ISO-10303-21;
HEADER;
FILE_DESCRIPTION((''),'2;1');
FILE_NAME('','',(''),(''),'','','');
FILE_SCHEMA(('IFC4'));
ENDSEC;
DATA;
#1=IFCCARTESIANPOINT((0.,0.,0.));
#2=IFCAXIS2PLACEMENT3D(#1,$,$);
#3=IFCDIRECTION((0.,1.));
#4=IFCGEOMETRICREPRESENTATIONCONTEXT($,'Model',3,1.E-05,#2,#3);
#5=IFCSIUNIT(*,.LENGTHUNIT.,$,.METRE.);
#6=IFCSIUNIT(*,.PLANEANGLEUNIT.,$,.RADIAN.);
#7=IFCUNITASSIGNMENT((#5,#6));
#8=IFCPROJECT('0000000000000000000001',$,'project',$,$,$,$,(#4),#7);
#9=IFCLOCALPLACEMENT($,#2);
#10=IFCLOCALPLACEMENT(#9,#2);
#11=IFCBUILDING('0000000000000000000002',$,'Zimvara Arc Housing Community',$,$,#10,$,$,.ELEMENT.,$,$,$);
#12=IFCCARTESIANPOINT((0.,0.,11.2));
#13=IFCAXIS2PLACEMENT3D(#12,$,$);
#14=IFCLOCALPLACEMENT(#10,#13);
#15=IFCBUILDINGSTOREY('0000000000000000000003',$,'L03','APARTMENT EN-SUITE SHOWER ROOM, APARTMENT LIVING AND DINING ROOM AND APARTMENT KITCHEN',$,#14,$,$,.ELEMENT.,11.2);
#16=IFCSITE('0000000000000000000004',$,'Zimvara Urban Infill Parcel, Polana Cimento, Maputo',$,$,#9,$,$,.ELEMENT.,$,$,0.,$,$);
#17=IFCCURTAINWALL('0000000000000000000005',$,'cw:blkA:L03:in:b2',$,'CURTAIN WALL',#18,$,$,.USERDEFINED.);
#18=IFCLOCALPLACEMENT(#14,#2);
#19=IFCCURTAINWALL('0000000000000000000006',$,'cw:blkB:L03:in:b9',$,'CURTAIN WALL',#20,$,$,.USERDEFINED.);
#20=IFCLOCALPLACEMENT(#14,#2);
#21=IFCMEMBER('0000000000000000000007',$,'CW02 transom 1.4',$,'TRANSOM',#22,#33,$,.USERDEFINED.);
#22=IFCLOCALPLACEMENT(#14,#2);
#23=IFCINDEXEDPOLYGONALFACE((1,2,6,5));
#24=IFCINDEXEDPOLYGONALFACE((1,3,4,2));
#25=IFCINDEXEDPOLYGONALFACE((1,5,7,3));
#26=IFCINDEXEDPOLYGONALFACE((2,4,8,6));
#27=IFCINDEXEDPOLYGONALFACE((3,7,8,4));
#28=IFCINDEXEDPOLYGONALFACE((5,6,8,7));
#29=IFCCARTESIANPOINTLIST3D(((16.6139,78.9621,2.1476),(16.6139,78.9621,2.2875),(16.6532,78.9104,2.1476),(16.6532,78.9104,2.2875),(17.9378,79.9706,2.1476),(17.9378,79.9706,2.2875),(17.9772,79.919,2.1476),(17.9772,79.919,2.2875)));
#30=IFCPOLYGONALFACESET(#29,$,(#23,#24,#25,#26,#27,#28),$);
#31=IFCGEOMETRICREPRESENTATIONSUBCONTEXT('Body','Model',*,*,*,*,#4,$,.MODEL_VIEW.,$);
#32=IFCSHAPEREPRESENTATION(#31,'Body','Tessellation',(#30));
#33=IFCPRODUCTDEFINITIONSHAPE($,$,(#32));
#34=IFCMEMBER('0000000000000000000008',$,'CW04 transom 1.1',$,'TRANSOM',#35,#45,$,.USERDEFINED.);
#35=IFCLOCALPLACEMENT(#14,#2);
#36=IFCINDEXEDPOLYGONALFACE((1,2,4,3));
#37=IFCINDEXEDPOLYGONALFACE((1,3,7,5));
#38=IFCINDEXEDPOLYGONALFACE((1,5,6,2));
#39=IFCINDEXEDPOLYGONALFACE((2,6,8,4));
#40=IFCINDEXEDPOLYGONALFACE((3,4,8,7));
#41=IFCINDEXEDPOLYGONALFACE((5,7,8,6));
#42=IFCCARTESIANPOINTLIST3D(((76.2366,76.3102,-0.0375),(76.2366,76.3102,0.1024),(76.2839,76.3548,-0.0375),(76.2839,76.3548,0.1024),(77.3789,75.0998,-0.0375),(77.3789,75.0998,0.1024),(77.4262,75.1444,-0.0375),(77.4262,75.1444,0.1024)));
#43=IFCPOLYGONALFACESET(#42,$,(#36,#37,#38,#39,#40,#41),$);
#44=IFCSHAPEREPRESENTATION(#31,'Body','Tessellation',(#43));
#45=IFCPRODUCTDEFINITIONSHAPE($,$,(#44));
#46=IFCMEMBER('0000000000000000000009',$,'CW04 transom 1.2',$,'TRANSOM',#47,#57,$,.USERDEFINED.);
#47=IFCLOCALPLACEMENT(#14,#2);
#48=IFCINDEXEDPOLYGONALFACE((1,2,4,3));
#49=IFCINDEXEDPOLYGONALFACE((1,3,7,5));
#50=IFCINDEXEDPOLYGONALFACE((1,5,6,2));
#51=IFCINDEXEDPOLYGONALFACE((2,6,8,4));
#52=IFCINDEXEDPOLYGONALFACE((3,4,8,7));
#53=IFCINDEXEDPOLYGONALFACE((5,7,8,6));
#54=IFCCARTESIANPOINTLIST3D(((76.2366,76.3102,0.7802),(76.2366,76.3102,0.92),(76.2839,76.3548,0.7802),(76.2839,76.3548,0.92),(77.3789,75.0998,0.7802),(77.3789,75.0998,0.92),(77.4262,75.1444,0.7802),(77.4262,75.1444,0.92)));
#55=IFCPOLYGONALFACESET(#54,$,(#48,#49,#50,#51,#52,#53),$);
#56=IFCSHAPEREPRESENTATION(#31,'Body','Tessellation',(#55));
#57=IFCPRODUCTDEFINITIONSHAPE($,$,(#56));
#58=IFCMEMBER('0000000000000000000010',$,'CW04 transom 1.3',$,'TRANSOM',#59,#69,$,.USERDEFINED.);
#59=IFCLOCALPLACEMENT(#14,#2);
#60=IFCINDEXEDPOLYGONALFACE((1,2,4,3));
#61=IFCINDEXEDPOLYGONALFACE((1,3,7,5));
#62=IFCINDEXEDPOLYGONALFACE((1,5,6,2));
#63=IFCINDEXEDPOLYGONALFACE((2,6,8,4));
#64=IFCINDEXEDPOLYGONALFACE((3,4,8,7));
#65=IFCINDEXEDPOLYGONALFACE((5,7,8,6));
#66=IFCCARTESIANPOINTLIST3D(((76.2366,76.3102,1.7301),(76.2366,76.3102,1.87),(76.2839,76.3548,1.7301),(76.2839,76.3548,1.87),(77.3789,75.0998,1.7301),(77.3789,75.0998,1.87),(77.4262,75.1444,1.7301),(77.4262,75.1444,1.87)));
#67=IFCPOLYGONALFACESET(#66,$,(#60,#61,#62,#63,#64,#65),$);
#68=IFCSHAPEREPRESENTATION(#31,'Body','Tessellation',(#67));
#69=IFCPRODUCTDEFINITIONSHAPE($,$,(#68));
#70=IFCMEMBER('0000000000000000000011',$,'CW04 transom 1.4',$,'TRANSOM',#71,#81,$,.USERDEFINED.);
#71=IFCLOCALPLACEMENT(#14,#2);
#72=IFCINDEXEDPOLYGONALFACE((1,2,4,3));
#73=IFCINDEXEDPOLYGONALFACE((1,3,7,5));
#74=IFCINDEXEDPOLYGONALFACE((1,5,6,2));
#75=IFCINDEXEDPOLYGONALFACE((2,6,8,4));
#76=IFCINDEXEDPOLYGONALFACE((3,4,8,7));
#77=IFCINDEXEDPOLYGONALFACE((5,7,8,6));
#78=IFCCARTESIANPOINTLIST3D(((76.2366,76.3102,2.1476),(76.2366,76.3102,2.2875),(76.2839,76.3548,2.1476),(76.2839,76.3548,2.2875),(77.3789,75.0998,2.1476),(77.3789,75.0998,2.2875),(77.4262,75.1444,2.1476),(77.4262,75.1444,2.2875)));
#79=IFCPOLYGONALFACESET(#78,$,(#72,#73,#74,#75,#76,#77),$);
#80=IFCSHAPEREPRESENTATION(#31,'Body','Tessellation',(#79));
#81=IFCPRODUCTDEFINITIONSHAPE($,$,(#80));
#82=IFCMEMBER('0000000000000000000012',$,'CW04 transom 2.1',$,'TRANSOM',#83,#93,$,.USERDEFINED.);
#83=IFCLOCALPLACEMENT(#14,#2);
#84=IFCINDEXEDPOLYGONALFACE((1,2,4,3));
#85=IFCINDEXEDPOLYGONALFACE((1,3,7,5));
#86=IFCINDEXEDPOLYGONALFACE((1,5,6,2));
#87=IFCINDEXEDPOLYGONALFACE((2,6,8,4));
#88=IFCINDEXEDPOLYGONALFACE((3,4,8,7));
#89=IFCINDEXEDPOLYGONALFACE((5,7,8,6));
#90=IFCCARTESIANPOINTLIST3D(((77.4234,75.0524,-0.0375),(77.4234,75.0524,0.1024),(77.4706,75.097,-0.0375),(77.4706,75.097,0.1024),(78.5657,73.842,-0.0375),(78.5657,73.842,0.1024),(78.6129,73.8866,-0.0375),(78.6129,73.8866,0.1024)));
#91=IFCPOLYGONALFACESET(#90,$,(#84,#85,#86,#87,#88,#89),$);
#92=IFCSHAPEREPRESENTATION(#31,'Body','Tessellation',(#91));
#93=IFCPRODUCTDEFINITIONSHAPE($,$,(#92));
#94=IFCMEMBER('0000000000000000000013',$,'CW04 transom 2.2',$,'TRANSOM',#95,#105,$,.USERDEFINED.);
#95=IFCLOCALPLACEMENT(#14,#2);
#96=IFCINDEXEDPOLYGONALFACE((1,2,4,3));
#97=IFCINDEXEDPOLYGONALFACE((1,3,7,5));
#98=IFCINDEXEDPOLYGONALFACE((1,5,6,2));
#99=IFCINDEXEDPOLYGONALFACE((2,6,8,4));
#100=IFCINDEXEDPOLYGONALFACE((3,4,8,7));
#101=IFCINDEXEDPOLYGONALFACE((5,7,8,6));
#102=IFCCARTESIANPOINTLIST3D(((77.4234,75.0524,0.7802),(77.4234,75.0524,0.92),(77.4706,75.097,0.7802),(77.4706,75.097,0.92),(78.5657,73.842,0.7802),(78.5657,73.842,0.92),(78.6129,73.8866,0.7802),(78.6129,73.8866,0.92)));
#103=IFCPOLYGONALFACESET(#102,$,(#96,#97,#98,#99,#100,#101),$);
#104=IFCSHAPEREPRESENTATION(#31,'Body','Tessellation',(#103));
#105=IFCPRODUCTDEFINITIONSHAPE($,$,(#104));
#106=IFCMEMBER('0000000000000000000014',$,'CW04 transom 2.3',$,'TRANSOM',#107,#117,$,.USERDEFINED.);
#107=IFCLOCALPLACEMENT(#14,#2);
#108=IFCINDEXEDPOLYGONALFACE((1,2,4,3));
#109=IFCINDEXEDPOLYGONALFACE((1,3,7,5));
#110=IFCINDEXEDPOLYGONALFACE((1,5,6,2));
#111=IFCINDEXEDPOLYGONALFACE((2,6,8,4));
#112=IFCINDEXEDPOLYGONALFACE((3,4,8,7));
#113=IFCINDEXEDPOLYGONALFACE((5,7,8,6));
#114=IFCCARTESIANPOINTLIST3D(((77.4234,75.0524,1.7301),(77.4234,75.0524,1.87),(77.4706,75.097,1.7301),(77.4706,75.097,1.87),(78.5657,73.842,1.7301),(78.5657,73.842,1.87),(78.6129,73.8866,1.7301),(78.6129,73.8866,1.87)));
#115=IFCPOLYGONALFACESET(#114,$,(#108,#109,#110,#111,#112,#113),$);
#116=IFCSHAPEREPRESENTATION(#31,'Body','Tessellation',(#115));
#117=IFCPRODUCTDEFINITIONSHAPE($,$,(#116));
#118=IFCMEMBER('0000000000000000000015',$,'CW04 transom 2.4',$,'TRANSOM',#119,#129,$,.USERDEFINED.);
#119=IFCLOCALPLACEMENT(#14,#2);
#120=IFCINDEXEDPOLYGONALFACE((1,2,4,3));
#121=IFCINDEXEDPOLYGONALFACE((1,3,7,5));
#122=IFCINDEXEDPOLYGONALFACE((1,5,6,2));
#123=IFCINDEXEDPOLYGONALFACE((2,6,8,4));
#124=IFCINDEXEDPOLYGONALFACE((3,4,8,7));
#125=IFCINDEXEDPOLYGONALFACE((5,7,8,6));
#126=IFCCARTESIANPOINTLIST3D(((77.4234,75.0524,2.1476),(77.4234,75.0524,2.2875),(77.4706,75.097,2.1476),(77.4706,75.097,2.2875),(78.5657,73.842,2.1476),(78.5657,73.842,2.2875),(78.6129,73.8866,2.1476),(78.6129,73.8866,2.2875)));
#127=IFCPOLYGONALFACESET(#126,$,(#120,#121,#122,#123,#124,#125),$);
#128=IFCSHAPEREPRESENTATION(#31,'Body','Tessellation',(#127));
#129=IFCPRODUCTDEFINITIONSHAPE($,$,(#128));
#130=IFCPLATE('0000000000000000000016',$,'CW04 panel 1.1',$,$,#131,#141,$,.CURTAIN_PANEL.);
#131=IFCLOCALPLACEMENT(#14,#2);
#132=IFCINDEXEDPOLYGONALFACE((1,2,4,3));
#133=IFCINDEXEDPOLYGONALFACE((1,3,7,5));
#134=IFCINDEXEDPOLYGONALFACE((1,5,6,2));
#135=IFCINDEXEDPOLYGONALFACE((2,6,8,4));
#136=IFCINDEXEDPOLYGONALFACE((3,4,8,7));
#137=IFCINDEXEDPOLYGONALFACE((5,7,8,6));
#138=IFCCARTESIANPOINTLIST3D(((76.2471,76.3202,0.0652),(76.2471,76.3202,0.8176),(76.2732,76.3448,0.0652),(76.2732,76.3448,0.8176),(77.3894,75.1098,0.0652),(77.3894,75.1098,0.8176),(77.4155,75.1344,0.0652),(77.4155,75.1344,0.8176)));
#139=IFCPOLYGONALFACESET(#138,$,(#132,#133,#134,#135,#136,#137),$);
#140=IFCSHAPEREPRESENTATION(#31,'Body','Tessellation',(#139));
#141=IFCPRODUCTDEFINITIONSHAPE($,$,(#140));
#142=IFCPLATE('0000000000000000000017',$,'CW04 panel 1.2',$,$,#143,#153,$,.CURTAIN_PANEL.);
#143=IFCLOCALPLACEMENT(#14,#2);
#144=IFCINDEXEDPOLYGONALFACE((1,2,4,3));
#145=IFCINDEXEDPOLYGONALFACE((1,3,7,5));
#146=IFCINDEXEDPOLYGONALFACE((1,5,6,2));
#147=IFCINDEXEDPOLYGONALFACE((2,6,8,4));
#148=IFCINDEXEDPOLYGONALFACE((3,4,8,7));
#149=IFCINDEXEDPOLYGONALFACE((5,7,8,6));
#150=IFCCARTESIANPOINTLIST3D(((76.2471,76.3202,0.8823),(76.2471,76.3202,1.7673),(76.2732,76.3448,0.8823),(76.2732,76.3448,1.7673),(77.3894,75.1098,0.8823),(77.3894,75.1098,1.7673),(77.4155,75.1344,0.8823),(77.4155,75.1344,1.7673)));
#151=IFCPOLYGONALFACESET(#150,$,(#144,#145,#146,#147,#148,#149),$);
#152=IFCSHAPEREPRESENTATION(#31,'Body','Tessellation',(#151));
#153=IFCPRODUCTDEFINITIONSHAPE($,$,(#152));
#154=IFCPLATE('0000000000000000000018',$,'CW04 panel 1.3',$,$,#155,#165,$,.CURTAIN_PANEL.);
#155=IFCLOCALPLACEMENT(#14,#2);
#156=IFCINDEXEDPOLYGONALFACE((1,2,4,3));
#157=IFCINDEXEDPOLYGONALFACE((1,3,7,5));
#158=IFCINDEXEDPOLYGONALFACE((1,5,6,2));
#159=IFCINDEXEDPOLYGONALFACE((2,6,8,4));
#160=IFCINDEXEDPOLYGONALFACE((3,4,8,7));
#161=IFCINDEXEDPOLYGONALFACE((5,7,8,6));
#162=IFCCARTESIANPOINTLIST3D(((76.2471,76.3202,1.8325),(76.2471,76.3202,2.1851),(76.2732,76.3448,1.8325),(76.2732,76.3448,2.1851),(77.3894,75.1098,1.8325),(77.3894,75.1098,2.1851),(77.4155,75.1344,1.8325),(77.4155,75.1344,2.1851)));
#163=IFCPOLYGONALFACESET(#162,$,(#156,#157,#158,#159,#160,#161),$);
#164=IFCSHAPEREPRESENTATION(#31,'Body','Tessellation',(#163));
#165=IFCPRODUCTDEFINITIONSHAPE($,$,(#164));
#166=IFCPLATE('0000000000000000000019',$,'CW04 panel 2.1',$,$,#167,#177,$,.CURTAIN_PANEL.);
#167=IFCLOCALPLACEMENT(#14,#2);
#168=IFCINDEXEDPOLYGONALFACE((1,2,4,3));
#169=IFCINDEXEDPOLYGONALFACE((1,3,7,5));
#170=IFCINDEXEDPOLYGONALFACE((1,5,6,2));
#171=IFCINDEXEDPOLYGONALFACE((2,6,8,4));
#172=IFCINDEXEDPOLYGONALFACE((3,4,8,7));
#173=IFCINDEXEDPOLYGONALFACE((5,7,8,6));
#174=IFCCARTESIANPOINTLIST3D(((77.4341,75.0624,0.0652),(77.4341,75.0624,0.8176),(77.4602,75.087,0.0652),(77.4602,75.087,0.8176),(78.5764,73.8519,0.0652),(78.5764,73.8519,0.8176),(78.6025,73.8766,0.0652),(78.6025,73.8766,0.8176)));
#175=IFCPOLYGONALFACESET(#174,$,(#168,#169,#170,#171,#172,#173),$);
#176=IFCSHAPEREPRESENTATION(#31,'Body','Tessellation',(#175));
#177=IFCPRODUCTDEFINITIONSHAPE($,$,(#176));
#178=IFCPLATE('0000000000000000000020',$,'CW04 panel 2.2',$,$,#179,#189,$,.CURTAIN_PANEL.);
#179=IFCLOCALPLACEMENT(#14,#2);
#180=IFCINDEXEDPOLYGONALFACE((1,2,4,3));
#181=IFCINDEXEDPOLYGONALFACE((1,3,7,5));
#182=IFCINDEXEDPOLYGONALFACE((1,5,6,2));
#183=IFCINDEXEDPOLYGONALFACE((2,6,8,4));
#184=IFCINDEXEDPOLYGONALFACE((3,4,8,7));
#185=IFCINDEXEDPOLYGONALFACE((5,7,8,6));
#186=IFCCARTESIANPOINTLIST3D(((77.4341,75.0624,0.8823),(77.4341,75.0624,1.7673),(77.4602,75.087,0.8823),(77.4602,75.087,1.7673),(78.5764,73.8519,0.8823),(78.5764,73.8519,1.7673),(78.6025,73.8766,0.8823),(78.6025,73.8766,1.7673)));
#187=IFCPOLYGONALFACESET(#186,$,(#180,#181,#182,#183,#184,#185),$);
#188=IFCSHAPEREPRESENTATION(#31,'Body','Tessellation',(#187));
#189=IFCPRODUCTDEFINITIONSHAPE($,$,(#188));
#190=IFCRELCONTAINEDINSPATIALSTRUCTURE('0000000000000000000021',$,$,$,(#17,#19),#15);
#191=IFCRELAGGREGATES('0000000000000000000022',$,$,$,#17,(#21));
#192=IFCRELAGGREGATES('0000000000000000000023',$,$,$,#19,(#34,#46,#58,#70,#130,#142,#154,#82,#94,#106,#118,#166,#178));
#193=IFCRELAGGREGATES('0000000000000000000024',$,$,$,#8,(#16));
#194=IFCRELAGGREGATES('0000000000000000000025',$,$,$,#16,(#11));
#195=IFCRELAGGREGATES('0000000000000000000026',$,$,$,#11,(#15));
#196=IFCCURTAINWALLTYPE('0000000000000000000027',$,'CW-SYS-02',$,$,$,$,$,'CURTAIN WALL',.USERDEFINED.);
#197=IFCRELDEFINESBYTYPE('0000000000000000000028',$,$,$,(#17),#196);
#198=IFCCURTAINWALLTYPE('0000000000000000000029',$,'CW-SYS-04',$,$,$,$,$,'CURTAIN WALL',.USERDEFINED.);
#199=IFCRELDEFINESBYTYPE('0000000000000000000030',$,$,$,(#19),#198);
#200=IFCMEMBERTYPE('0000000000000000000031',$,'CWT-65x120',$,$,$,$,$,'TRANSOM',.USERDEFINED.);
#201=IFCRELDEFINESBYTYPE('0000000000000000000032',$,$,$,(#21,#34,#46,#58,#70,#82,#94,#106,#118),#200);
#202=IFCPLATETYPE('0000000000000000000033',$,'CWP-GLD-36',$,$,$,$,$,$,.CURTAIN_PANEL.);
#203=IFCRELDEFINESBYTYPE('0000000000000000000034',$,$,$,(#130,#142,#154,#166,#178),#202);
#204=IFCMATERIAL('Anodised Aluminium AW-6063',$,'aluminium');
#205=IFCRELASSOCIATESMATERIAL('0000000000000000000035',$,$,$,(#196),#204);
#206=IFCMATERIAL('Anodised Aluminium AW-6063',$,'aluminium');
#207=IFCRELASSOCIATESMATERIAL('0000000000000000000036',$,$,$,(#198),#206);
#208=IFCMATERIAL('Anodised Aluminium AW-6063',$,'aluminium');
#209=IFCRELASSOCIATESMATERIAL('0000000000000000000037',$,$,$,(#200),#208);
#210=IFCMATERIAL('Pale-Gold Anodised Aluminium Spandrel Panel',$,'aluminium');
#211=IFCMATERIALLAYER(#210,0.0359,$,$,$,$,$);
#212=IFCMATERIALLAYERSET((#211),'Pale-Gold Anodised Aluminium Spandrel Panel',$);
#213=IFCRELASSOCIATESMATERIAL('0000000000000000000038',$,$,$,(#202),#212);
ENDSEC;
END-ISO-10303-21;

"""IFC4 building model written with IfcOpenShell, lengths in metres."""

from ifc_helpers import new_model, si_unit, direction, frame, origin, origin_2d, place, context, subcontext, project, spatial, rectangle, extrude, material, layer, layer_set, material_profile, profile_set, type_object, element, aggregate, save


model = new_model("IFC4")

# Units and contexts
model_context = context("Model", 3, precision=1e-05, world=origin(), true_north=direction((0.0, 1.0)))
body_context = subcontext(model_context, "Body", "Model", "MODEL_VIEW")
ifc_project = project(units=[si_unit("LENGTHUNIT", "METRE"), si_unit("PLANEANGLEUNIT", "RADIAN")], contexts=[model_context])

# Site, building, storey
site_placement = place(None, origin())
site = spatial("IfcSite", under=ifc_project, at=site_placement, Name="Zimvara Urban Infill Parcel, Polana Cimento, Maputo", CompositionType="ELEMENT", RefElevation=0.0)
building_placement = place(site_placement, origin())
building = spatial("IfcBuilding", under=site, at=building_placement, Name="Zimvara Arc Housing Community", CompositionType="ELEMENT")
storey_placement = place(building_placement, frame((0.0, 0.0, 11.2)))
storey = spatial("IfcBuildingStorey", under=building, at=storey_placement, Name="L03", Description="APARTMENT EN-SUITE SHOWER ROOM, APARTMENT LIVING AND DINING ROOM AND APARTMENT KITCHEN", CompositionType="ELEMENT", Elevation=11.2)

# Curtain wall
ifc_material_1 = material(Name="Anodised Aluminium AW-6063", Category="aluminium")
curtain_wall_type_1 = type_object("IfcCurtainWallType", Name="CW-SYS-02", ElementType="CURTAIN WALL", PredefinedType="USERDEFINED", material=ifc_material_1)
curtain_wall_1_placement = place(storey_placement, origin())
curtain_wall_1 = element("IfcCurtainWall", 1, at=curtain_wall_1_placement, inside=storey, type_object=curtain_wall_type_1, Name="cw:blkA:L03:in:b2", ObjectType="CURTAIN WALL", PredefinedType="USERDEFINED")

# Curtain wall
ifc_material_2 = material(Name="Anodised Aluminium AW-6063", Category="aluminium")
curtain_wall_type_2 = type_object("IfcCurtainWallType", Name="CW-SYS-04", ElementType="CURTAIN WALL", PredefinedType="USERDEFINED", material=ifc_material_2)
curtain_wall_2_placement = place(storey_placement, origin())
curtain_wall_2 = element("IfcCurtainWall", 2, at=curtain_wall_2_placement, inside=storey, type_object=curtain_wall_type_2, Name="cw:blkB:L03:in:b9", ObjectType="CURTAIN WALL", PredefinedType="USERDEFINED")

# Members
ifc_material_3 = material(Name="Anodised Aluminium AW-6063", Category="aluminium")
ifc_material_profile_1 = material_profile(ifc_material_3, rectangle(XDim=0.0649, YDim=0.1399, at=origin_2d()), Name="ALU 65x140")
ifc_profile_set_1 = profile_set([ifc_material_profile_1], Name="Anodised Aluminium AW-6063")
member_type_1 = type_object("IfcMemberType", Name="CWT-65x120", ElementType="TRANSOM", PredefinedType="USERDEFINED", material=ifc_profile_set_1)
member_1_placement = place(storey_placement, frame((16.6335, 78.9363, 2.2175), z_axis=(0.795489, 0.605968, 0.0), x_axis=(-0.605968, 0.795489, 0.0)))
member_1 = element("IfcMember", 3, at=member_1_placement, type_object=member_type_1, Name="CW02 transom 1.4", ObjectType="TRANSOM", PredefinedType="USERDEFINED", context=body_context, shape_type="SweptSolid", body=[
    extrude(rectangle(XDim=0.0649, YDim=0.1399, at=origin_2d()), origin(), (0.0, 0.0, 1.0), 1.6643),
])
aggregate(curtain_wall_1, [member_1])
member_2_placement = place(storey_placement, frame((76.2603, 76.3325, 0.0325), z_axis=(0.686348, -0.727273, 0.0), x_axis=(0.727273, 0.686348, 0.0)))
member_2 = element("IfcMember", 4, at=member_2_placement, type_object=member_type_1, Name="CW04 transom 1.1", ObjectType="TRANSOM", PredefinedType="USERDEFINED", context=body_context, shape_type="SweptSolid", body=[
    extrude(rectangle(XDim=0.0649, YDim=0.1399, at=origin_2d()), origin(), (0.0, 0.0, 1.0), 1.6643),
])
member_3_placement = place(storey_placement, frame((76.2603, 76.3325, 0.8501), z_axis=(0.686348, -0.727273, 0.0), x_axis=(0.727273, 0.686348, 0.0)))
member_3 = element("IfcMember", 5, at=member_3_placement, type_object=member_type_1, Name="CW04 transom 1.2", ObjectType="TRANSOM", PredefinedType="USERDEFINED", context=body_context, shape_type="SweptSolid", body=[
    extrude(rectangle(XDim=0.0649, YDim=0.1399, at=origin_2d()), origin(), (0.0, 0.0, 1.0), 1.6643),
])
member_4_placement = place(storey_placement, frame((76.2603, 76.3325, 1.8), z_axis=(0.686348, -0.727273, 0.0), x_axis=(0.727273, 0.686348, 0.0)))
member_4 = element("IfcMember", 6, at=member_4_placement, type_object=member_type_1, Name="CW04 transom 1.3", ObjectType="TRANSOM", PredefinedType="USERDEFINED", context=body_context, shape_type="SweptSolid", body=[
    extrude(rectangle(XDim=0.0649, YDim=0.1399, at=origin_2d()), origin(), (0.0, 0.0, 1.0), 1.6643),
])
member_5_placement = place(storey_placement, frame((76.2603, 76.3325, 2.2175), z_axis=(0.686348, -0.727273, 0.0), x_axis=(0.727273, 0.686348, 0.0)))
member_5 = element("IfcMember", 7, at=member_5_placement, type_object=member_type_1, Name="CW04 transom 1.4", ObjectType="TRANSOM", PredefinedType="USERDEFINED", context=body_context, shape_type="SweptSolid", body=[
    extrude(rectangle(XDim=0.0649, YDim=0.1399, at=origin_2d()), origin(), (0.0, 0.0, 1.0), 1.6643),
])
member_6_placement = place(storey_placement, frame((77.447, 75.0747, 0.0325), z_axis=(0.686348, -0.727273, 0.0), x_axis=(0.727273, 0.686348, 0.0)))
member_6 = element("IfcMember", 8, at=member_6_placement, type_object=member_type_1, Name="CW04 transom 2.1", ObjectType="TRANSOM", PredefinedType="USERDEFINED", context=body_context, shape_type="SweptSolid", body=[
    extrude(rectangle(XDim=0.0649, YDim=0.1399, at=origin_2d()), origin(), (0.0, 0.0, 1.0), 1.6643),
])
member_7_placement = place(storey_placement, frame((77.447, 75.0747, 0.8501), z_axis=(0.686348, -0.727273, 0.0), x_axis=(0.727273, 0.686348, 0.0)))
member_7 = element("IfcMember", 9, at=member_7_placement, type_object=member_type_1, Name="CW04 transom 2.2", ObjectType="TRANSOM", PredefinedType="USERDEFINED", context=body_context, shape_type="SweptSolid", body=[
    extrude(rectangle(XDim=0.0649, YDim=0.1399, at=origin_2d()), origin(), (0.0, 0.0, 1.0), 1.6643),
])
member_8_placement = place(storey_placement, frame((77.447, 75.0747, 1.8), z_axis=(0.686348, -0.727273, 0.0), x_axis=(0.727273, 0.686348, 0.0)))
member_8 = element("IfcMember", 10, at=member_8_placement, type_object=member_type_1, Name="CW04 transom 2.3", ObjectType="TRANSOM", PredefinedType="USERDEFINED", context=body_context, shape_type="SweptSolid", body=[
    extrude(rectangle(XDim=0.0649, YDim=0.1399, at=origin_2d()), origin(), (0.0, 0.0, 1.0), 1.6643),
])
member_9_placement = place(storey_placement, frame((77.447, 75.0747, 2.2175), z_axis=(0.686348, -0.727273, 0.0), x_axis=(0.727273, 0.686348, 0.0)))
member_9 = element("IfcMember", 11, at=member_9_placement, type_object=member_type_1, Name="CW04 transom 2.4", ObjectType="TRANSOM", PredefinedType="USERDEFINED", context=body_context, shape_type="SweptSolid", body=[
    extrude(rectangle(XDim=0.0649, YDim=0.1399, at=origin_2d()), origin(), (0.0, 0.0, 1.0), 1.6643),
])

# Plates
ifc_material_4 = material(Name="Pale-Gold Anodised Aluminium Spandrel Panel", Category="aluminium")
ifc_layer_1 = layer(ifc_material_4, 0.0359)
ifc_layer_set_1 = layer_set([ifc_layer_1], Name="Pale-Gold Anodised Aluminium Spandrel Panel")
plate_type = type_object("IfcPlateType", Name="CWP-GLD-36", PredefinedType="CURTAIN_PANEL", material=ifc_layer_set_1)
plate_1_placement = place(storey_placement, frame((76.8313, 75.7273, 0.0652), z_axis=(0.0, 0.0, 1.0), x_axis=(0.686327, -0.727293, 0.0)))
plate_1 = element("IfcPlate", 12, at=plate_1_placement, type_object=plate_type, Name="CW04 panel 1.1", PredefinedType="CURTAIN_PANEL", context=body_context, shape_type="SweptSolid", body=[
    extrude(rectangle(XDim=1.6643, YDim=0.0359, at=origin_2d()), origin(), (0.0, 0.0, 1.0), 0.7524),
])
plate_2_placement = place(storey_placement, frame((76.8313, 75.7273, 0.8823), z_axis=(0.0, 0.0, 1.0), x_axis=(0.686327, -0.727293, 0.0)))
plate_2 = element("IfcPlate", 13, at=plate_2_placement, type_object=plate_type, Name="CW04 panel 1.2", PredefinedType="CURTAIN_PANEL", context=body_context, shape_type="SweptSolid", body=[
    extrude(rectangle(XDim=1.6643, YDim=0.0359, at=origin_2d()), origin(), (0.0, 0.0, 1.0), 0.885),
])
plate_3_placement = place(storey_placement, frame((76.8313, 75.7273, 1.8325), z_axis=(0.0, 0.0, 1.0), x_axis=(0.686327, -0.727293, 0.0)))
plate_3 = element("IfcPlate", 14, at=plate_3_placement, type_object=plate_type, Name="CW04 panel 1.3", PredefinedType="CURTAIN_PANEL", context=body_context, shape_type="SweptSolid", body=[
    extrude(rectangle(XDim=1.6643, YDim=0.0359, at=origin_2d()), origin(), (0.0, 0.0, 1.0), 0.3525),
])
plate_4_placement = place(storey_placement, frame((78.0183, 74.4695, 0.0652), z_axis=(0.0, 0.0, 1.0), x_axis=(0.686327, -0.727293, 0.0)))
plate_4 = element("IfcPlate", 15, at=plate_4_placement, type_object=plate_type, Name="CW04 panel 2.1", PredefinedType="CURTAIN_PANEL", context=body_context, shape_type="SweptSolid", body=[
    extrude(rectangle(XDim=1.6643, YDim=0.0359, at=origin_2d()), origin(), (0.0, 0.0, 1.0), 0.7524),
])
plate_5_placement = place(storey_placement, frame((78.0183, 74.4695, 0.8823), z_axis=(0.0, 0.0, 1.0), x_axis=(0.686327, -0.727293, 0.0)))
plate_5 = element("IfcPlate", 16, at=plate_5_placement, type_object=plate_type, Name="CW04 panel 2.2", PredefinedType="CURTAIN_PANEL", context=body_context, shape_type="SweptSolid", body=[
    extrude(rectangle(XDim=1.6643, YDim=0.0359, at=origin_2d()), origin(), (0.0, 0.0, 1.0), 0.885),
])
aggregate(curtain_wall_2, [member_2, member_3, member_4, member_5, plate_1, plate_2, plate_3, member_6, member_7, member_8, member_9, plate_4, plate_5])

save(model, "model.ifc")
